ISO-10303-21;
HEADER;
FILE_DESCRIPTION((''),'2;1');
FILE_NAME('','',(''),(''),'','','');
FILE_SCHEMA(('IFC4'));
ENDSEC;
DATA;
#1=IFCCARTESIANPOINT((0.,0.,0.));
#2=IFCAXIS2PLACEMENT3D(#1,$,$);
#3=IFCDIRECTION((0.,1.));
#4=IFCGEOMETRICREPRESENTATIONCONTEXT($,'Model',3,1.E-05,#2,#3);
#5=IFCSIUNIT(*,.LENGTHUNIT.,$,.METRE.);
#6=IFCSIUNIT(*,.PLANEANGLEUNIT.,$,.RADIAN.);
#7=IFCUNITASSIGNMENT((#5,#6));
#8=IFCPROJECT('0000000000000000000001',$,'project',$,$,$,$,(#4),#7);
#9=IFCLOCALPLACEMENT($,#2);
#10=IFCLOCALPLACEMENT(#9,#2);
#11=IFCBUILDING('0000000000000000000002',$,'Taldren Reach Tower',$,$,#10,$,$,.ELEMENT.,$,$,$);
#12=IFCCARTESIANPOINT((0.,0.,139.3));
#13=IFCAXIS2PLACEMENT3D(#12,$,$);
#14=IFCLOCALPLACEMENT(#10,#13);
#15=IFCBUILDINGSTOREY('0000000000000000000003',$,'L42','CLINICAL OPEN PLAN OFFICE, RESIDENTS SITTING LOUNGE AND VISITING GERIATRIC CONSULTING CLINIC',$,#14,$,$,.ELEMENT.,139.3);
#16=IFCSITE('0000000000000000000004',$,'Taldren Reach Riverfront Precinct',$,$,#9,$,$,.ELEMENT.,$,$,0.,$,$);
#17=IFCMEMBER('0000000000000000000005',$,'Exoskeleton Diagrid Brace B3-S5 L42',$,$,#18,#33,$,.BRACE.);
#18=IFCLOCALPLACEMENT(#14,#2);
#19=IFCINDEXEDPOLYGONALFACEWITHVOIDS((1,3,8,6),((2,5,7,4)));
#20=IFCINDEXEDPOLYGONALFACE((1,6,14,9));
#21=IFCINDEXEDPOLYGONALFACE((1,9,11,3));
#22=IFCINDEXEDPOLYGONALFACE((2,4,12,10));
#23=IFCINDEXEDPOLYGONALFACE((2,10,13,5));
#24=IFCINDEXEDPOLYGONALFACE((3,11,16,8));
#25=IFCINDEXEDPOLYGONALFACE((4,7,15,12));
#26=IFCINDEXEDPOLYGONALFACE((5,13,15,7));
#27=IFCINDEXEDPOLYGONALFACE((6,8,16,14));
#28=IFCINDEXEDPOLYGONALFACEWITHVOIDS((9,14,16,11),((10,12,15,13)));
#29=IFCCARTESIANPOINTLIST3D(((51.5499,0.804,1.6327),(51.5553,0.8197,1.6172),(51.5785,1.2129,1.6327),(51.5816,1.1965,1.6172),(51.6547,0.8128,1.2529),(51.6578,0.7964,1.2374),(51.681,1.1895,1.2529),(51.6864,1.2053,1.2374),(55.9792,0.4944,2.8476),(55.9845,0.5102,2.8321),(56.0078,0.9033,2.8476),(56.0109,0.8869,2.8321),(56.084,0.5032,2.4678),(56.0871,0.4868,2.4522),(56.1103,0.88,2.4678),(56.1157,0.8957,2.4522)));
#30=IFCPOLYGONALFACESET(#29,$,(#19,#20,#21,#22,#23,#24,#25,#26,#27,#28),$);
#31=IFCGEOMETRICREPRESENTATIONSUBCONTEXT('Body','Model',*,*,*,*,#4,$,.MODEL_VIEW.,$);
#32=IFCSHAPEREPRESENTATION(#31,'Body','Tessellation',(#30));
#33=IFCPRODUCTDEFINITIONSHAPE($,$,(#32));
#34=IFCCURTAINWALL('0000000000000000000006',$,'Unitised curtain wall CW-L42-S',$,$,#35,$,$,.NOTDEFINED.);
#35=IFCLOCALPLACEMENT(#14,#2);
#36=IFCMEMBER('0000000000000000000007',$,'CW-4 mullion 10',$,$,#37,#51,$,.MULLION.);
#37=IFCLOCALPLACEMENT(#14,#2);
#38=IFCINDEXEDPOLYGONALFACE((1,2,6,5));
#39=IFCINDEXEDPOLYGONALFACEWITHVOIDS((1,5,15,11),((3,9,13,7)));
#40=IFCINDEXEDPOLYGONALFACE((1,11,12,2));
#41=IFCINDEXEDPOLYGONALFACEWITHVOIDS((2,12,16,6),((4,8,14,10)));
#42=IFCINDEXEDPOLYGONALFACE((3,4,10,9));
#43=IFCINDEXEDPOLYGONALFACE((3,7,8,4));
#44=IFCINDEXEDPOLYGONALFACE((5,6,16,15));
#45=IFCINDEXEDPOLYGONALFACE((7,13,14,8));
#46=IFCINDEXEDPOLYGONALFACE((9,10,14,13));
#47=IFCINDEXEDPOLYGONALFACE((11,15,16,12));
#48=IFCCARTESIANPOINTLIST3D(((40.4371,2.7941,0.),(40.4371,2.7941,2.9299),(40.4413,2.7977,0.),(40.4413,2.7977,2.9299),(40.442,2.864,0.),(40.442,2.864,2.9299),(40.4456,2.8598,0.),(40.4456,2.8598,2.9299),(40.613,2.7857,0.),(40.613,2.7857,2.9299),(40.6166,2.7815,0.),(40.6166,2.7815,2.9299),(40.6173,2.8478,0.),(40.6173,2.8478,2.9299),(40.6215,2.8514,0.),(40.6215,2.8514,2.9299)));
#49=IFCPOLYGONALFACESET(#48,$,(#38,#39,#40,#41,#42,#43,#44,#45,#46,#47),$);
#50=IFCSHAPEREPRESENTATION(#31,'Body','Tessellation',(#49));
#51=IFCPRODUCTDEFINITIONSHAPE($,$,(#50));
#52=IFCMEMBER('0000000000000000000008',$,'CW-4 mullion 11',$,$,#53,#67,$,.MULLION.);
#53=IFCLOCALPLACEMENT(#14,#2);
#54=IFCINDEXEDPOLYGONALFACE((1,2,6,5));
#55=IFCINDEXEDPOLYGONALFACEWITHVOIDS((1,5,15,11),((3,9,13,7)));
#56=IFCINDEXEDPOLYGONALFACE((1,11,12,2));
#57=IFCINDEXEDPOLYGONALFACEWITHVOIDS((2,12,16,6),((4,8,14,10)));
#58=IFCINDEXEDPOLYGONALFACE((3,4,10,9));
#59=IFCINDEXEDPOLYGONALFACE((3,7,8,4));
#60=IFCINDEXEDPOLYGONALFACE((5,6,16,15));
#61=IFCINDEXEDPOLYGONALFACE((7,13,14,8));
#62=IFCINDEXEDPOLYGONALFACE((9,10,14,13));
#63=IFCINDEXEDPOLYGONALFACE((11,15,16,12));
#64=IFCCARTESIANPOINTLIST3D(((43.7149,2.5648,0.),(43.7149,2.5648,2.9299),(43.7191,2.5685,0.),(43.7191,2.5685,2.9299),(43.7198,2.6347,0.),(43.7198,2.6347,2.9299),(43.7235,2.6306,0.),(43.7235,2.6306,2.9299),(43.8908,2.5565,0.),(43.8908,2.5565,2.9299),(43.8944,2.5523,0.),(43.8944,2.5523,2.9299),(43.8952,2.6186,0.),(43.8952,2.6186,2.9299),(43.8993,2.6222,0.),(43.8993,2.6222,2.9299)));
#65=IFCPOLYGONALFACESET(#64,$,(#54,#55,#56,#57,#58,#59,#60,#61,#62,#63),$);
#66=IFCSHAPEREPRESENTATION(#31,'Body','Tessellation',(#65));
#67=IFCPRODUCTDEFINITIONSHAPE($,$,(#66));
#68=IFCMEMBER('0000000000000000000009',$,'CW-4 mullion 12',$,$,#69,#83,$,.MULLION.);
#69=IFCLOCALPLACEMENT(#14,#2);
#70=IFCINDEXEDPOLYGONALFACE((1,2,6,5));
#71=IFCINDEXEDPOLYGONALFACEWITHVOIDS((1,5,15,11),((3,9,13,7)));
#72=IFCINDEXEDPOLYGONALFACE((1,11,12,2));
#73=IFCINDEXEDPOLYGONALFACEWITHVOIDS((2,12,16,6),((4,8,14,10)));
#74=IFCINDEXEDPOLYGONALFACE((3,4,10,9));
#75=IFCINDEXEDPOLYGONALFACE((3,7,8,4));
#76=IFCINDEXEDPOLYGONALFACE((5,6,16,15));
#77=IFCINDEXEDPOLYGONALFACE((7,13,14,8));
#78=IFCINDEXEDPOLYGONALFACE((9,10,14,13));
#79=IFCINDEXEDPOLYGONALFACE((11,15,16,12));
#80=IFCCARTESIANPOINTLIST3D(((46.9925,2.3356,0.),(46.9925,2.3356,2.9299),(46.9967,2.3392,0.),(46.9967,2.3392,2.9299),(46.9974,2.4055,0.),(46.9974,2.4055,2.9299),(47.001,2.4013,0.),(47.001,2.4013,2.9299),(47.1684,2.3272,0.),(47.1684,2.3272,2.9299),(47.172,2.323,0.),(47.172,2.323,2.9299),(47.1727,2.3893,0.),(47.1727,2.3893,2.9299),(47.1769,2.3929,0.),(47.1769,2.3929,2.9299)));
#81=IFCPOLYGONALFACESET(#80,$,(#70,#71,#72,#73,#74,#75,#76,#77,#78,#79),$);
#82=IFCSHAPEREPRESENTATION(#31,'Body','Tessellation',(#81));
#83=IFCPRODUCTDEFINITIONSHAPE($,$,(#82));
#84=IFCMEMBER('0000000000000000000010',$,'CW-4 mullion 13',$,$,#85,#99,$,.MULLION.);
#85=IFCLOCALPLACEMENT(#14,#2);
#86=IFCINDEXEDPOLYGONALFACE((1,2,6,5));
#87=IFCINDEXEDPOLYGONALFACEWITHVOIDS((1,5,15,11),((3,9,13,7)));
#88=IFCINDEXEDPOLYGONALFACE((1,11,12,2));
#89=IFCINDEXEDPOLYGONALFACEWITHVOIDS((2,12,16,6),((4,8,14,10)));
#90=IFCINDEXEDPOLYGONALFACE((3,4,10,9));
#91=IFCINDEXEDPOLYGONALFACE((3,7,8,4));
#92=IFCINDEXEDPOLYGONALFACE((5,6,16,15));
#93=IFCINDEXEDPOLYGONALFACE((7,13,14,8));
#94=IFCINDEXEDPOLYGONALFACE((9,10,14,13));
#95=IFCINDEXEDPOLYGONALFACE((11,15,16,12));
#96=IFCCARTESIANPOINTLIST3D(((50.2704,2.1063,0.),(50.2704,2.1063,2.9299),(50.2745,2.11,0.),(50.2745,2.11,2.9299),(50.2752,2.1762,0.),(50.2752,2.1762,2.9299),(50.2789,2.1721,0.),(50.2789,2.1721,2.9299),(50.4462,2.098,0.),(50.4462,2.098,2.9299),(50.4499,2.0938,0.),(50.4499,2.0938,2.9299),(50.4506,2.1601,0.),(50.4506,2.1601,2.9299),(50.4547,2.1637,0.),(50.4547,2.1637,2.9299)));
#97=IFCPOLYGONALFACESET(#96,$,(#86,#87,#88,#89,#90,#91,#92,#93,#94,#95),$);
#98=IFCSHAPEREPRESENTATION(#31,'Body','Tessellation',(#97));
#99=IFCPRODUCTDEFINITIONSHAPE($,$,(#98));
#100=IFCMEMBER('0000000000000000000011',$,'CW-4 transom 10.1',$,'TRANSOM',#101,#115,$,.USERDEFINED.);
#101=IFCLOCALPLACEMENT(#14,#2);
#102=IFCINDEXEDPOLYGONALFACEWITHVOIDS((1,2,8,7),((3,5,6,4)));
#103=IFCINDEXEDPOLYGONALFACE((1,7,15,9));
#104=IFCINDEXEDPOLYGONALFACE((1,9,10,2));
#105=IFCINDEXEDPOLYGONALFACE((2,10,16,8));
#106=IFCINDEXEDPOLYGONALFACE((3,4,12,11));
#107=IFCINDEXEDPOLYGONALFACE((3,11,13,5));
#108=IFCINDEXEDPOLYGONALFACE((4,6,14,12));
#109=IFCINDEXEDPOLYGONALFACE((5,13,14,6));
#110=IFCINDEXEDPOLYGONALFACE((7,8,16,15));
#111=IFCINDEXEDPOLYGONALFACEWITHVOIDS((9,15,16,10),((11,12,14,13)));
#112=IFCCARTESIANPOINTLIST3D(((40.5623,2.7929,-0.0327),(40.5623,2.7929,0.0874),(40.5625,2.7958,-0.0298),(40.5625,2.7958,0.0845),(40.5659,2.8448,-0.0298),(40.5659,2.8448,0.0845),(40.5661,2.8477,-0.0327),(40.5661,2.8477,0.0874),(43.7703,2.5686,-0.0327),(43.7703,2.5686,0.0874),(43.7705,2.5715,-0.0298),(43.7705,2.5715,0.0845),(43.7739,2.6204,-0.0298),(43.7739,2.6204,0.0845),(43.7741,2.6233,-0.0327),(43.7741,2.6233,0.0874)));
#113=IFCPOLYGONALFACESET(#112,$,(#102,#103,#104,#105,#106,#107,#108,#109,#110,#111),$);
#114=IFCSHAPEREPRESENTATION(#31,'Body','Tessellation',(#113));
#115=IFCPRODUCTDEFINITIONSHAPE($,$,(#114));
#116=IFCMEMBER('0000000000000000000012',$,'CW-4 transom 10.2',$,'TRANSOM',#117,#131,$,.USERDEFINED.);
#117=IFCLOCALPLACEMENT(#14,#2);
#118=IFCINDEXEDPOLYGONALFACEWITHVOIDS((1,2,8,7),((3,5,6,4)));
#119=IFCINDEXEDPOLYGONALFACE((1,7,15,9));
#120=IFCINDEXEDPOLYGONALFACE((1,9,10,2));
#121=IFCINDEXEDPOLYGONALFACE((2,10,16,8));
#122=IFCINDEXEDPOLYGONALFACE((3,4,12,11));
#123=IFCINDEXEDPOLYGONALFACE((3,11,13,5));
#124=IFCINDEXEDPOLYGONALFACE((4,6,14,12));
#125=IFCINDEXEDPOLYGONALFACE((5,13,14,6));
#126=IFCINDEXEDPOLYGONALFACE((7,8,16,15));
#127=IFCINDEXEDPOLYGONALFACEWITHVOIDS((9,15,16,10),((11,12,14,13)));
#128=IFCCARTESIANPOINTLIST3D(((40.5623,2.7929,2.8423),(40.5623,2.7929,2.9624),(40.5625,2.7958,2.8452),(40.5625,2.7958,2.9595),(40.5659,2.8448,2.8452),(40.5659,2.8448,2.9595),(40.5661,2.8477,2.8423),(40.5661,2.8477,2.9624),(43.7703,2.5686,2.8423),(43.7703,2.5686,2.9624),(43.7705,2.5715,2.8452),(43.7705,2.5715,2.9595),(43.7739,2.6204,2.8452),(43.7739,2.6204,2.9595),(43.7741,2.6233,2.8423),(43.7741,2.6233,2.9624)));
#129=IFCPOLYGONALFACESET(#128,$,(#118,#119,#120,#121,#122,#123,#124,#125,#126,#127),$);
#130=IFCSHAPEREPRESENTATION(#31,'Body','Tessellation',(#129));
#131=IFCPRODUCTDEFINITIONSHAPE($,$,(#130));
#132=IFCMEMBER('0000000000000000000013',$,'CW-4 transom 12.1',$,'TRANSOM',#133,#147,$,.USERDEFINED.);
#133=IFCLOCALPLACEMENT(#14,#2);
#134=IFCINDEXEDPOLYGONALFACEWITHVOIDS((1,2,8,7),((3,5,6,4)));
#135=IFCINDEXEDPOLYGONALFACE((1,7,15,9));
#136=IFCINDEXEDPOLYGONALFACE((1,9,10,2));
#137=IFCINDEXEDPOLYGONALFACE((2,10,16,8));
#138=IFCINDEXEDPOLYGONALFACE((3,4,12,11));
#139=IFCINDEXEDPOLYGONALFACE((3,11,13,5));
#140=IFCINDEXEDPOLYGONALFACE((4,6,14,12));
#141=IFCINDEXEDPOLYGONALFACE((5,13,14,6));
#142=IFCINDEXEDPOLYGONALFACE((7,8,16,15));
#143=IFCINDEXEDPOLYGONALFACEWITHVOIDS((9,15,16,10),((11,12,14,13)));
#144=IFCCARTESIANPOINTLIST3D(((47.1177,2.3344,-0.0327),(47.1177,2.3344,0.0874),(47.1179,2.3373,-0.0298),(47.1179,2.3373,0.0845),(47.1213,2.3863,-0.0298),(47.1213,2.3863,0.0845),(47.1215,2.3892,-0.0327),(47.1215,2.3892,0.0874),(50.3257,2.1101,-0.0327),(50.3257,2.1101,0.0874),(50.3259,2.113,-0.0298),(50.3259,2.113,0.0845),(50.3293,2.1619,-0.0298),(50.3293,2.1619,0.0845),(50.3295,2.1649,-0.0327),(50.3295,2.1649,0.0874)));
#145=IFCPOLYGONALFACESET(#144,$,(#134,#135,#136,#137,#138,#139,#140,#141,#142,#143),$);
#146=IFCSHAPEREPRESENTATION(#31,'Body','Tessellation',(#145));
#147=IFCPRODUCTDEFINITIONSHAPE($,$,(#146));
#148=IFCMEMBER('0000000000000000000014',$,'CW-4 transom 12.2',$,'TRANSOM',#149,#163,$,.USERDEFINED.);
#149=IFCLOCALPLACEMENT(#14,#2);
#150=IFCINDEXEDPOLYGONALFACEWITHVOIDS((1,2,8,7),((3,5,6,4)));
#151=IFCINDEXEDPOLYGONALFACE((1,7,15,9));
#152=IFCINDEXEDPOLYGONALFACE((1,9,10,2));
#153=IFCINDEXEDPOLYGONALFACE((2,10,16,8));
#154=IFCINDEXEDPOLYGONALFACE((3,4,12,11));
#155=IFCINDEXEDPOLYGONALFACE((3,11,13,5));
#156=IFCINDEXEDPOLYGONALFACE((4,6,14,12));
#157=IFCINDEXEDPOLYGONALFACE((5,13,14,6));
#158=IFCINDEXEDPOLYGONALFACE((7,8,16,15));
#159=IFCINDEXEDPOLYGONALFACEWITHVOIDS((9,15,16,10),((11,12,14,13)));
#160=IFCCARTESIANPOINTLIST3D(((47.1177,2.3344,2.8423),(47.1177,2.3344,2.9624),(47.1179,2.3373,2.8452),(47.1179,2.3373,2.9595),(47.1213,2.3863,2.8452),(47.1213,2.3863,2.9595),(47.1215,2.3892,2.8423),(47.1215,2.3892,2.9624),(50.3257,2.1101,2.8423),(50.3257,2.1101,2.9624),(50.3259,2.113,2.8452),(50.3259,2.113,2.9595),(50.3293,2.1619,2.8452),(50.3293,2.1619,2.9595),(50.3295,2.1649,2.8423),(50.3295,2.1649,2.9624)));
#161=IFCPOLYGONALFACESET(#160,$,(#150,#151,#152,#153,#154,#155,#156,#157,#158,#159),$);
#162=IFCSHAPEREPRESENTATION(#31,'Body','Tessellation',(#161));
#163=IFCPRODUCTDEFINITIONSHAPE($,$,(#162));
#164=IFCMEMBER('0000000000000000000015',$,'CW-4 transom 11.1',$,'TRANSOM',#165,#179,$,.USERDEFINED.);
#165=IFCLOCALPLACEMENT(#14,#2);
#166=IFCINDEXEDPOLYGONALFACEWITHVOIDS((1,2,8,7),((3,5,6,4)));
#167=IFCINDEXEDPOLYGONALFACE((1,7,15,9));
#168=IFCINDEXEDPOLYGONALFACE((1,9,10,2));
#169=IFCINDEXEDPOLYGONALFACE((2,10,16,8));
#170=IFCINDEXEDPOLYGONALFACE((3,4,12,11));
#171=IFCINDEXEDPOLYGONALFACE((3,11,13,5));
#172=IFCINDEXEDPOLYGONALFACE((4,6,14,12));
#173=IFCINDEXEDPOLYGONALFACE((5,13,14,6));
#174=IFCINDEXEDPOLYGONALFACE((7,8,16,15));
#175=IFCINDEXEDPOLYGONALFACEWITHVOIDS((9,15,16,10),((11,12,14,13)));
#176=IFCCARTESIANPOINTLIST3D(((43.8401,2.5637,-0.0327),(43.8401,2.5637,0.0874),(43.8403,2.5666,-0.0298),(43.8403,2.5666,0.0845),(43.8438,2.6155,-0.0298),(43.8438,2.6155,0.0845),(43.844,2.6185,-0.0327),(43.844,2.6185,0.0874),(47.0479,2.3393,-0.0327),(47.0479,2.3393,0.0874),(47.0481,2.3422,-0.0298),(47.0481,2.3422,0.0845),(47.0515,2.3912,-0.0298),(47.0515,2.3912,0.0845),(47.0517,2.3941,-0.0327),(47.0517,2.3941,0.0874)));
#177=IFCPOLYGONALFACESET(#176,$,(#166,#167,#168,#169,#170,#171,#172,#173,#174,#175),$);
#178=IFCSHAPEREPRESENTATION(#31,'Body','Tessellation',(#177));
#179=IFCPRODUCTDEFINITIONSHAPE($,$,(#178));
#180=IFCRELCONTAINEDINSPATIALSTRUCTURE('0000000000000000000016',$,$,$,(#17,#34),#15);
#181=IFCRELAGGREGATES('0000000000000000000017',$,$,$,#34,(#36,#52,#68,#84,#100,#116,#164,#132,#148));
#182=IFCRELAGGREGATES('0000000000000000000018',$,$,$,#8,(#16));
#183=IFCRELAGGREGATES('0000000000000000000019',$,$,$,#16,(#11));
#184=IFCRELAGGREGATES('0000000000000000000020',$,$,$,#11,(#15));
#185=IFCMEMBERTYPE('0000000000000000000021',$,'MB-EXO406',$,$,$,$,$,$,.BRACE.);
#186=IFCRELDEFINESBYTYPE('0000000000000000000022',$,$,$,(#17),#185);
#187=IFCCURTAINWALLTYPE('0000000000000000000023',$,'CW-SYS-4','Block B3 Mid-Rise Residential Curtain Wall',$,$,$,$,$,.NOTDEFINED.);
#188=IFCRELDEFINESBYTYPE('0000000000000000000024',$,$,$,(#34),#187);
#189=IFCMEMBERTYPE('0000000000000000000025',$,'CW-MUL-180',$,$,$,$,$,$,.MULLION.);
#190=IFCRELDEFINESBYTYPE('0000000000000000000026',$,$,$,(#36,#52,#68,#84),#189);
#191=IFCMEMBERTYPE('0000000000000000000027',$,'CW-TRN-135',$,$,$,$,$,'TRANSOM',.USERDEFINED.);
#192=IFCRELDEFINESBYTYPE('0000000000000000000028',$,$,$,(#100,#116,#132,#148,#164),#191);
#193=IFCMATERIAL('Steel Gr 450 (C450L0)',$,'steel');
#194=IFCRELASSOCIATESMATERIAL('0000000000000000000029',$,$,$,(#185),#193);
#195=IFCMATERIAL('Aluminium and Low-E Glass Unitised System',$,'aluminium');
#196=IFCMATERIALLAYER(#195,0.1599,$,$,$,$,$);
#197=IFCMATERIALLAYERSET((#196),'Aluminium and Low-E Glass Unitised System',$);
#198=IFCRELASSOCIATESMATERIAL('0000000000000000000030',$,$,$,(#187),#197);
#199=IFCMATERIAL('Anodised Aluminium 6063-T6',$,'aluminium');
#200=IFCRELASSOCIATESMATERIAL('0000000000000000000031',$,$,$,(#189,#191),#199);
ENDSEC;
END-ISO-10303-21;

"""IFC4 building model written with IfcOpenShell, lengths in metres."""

from ifc_helpers import new_model, si_unit, direction, frame, origin, origin_2d, place, context, subcontext, project, spatial, hollow_rectangle, extrude, source, transform, mapped, material, layer, layer_set, material_profile, profile_set, type_object, element, aggregate, save


model = new_model("IFC4")

# Units and contexts
model_context = context("Model", 3, precision=1e-05, world=origin(), true_north=direction((0.0, 1.0)))
body_context = subcontext(model_context, "Body", "Model", "MODEL_VIEW")
ifc_project = project(units=[si_unit("LENGTHUNIT", "METRE"), si_unit("PLANEANGLEUNIT", "RADIAN")], contexts=[model_context])

# Site, building, storey
site_placement = place(None, origin())
site = spatial("IfcSite", under=ifc_project, at=site_placement, Name="Taldren Reach Riverfront Precinct", CompositionType="ELEMENT", RefElevation=0.0)
building_placement = place(site_placement, origin())
building = spatial("IfcBuilding", under=site, at=building_placement, Name="Taldren Reach Tower", CompositionType="ELEMENT")
storey_placement = place(building_placement, frame((0.0, 0.0, 139.3)))
storey = spatial("IfcBuildingStorey", under=building, at=storey_placement, Name="L42", Description="CLINICAL OPEN PLAN OFFICE, RESIDENTS SITTING LOUNGE AND VISITING GERIATRIC CONSULTING CLINIC", CompositionType="ELEMENT", Elevation=139.3)

# Shared definitions
ifc_material_1 = material(Name="Steel Gr 450 (C450L0)", Category="steel")

# Member
ifc_material_profile_1 = material_profile(ifc_material_1, hollow_rectangle(XDim=0.4099, YDim=0.4099, WallThickness=0.0161, at=origin_2d()), Name="410x410x16.0SHS")
ifc_profile_set_1 = profile_set([ifc_material_profile_1], Name="Steel Gr 450 (C450L0)")
member_type_1 = type_object("IfcMemberType", Name="MB-EXO406", PredefinedType="BRACE", material=ifc_profile_set_1)
shared_shape_1 = source(origin(), body_context, "Body", "SweptSolid", [
    extrude(hollow_rectangle(XDim=0.4099, YDim=0.4099, WallThickness=0.0161, at=origin_2d()), origin(), (0.0, 0.0, 1.0), 4.6033),
])
for number, where, z_axis, x_axis, name in (
    (1, (51.6182, 1.0046, 1.4351), (0.962199, -0.067251, 0.263913), (0.069723, 0.997566, 0.0), "Exoskeleton Diagrid Brace B3-S5 L42"),
):
    element("IfcMember", number, at=place(storey_placement, frame(where, z_axis=z_axis, x_axis=x_axis)), inside=storey, type_object=member_type_1, Name=name, PredefinedType="BRACE", context=body_context, shape_type="MappedRepresentation", body=[
        mapped(shared_shape_1, transform((0.0, 0.0, 0.0), scale=1.0)),
    ])

# Curtain wall, members
ifc_material_2 = material(Name="Aluminium and Low-E Glass Unitised System", Category="aluminium")
ifc_layer_1 = layer(ifc_material_2, 0.1599)
ifc_layer_set_1 = layer_set([ifc_layer_1], Name="Aluminium and Low-E Glass Unitised System")
curtain_wall_type = type_object("IfcCurtainWallType", Name="CW-SYS-4", Description="Block B3 Mid-Rise Residential Curtain Wall", PredefinedType="NOTDEFINED", material=ifc_layer_set_1)
curtain_wall_placement = place(storey_placement, origin())
curtain_wall = element("IfcCurtainWall", 2, at=curtain_wall_placement, inside=storey, type_object=curtain_wall_type, Name="Unitised curtain wall CW-L42-S", PredefinedType="NOTDEFINED")
ifc_material_3 = material(Name="Anodised Aluminium 6063-T6", Category="aluminium")
ifc_material_profile_2 = material_profile(ifc_material_3, hollow_rectangle(XDim=0.0701, YDim=0.1799, WallThickness=0.0039, at=origin_2d()), Name="ALU-180x70x4RHS")
ifc_profile_set_2 = profile_set([ifc_material_profile_2], Name="Anodised Aluminium 6063-T6")
member_type_2 = type_object("IfcMemberType", Name="CW-MUL-180", PredefinedType="MULLION", material=ifc_profile_set_2)
shared_shape_2 = source(origin(), body_context, "Body", "SweptSolid", [
    extrude(hollow_rectangle(XDim=0.0701, YDim=0.1799, WallThickness=0.0039, at=origin_2d()), origin(), (0.0, 0.0, 1.0), 2.9299),
])
member_1_placement = place(storey_placement, frame((40.5293, 2.8228, 0.0), z_axis=(0.0, 0.0, 1.0), x_axis=(0.069757, 0.997564, 0.0)))
member_1 = element("IfcMember", 3, at=member_1_placement, type_object=member_type_2, Name="CW-4 mullion 10", PredefinedType="MULLION", context=body_context, shape_type="MappedRepresentation", body=[
    mapped(shared_shape_2, transform((0.0, 0.0, 0.0), scale=1.0)),
])
member_2_placement = place(storey_placement, frame((43.8071, 2.5935, 0.0), z_axis=(0.0, 0.0, 1.0), x_axis=(0.069757, 0.997564, 0.0)))
member_2 = element("IfcMember", 4, at=member_2_placement, type_object=member_type_2, Name="CW-4 mullion 11", PredefinedType="MULLION", context=body_context, shape_type="MappedRepresentation", body=[
    mapped(shared_shape_2, transform((0.0, 0.0, 0.0), scale=1.0)),
])
member_3_placement = place(storey_placement, frame((47.0847, 2.3643, 0.0), z_axis=(0.0, 0.0, 1.0), x_axis=(0.069757, 0.997564, 0.0)))
member_3 = element("IfcMember", 5, at=member_3_placement, type_object=member_type_2, Name="CW-4 mullion 12", PredefinedType="MULLION", context=body_context, shape_type="MappedRepresentation", body=[
    mapped(shared_shape_2, transform((0.0, 0.0, 0.0), scale=1.0)),
])
member_4_placement = place(storey_placement, frame((50.3625, 2.135, 0.0), z_axis=(0.0, 0.0, 1.0), x_axis=(0.069757, 0.997564, 0.0)))
member_4 = element("IfcMember", 6, at=member_4_placement, type_object=member_type_2, Name="CW-4 mullion 13", PredefinedType="MULLION", context=body_context, shape_type="MappedRepresentation", body=[
    mapped(shared_shape_2, transform((0.0, 0.0, 0.0), scale=1.0)),
])
ifc_material_profile_3 = material_profile(ifc_material_3, hollow_rectangle(XDim=0.0549, YDim=0.1201, WallThickness=0.0029, at=origin_2d()), Name="ALU-120x55x3RHS")
ifc_profile_set_3 = profile_set([ifc_material_profile_3], Name="Anodised Aluminium 6063-T6")
member_type_3 = type_object("IfcMemberType", Name="CW-TRN-135", ElementType="TRANSOM", PredefinedType="USERDEFINED", material=ifc_profile_set_3)
shared_shape_3 = source(origin(), body_context, "Body", "SweptSolid", [
    extrude(hollow_rectangle(XDim=0.0549, YDim=0.1201, WallThickness=0.0029, at=origin_2d()), origin(), (0.0, 0.0, 1.0), 3.2158),
])
member_5_placement = place(storey_placement, frame((40.5642, 2.8203, 0.0273), z_axis=(0.997563, -0.069769, 0.0), x_axis=(0.069769, 0.997563, 0.0)))
member_5 = element("IfcMember", 7, at=member_5_placement, type_object=member_type_3, Name="CW-4 transom 10.1", ObjectType="TRANSOM", PredefinedType="USERDEFINED", context=body_context, shape_type="MappedRepresentation", body=[
    mapped(shared_shape_3, transform((0.0, 0.0, 0.0), scale=1.0)),
])
member_6_placement = place(storey_placement, frame((40.5642, 2.8203, 2.9023), z_axis=(0.997563, -0.069769, 0.0), x_axis=(0.069769, 0.997563, 0.0)))
member_6 = element("IfcMember", 8, at=member_6_placement, type_object=member_type_3, Name="CW-4 transom 10.2", ObjectType="TRANSOM", PredefinedType="USERDEFINED", context=body_context, shape_type="MappedRepresentation", body=[
    mapped(shared_shape_3, transform((0.0, 0.0, 0.0), scale=1.0)),
])
member_7_placement = place(storey_placement, frame((47.1196, 2.3618, 0.0273), z_axis=(0.997563, -0.069769, 0.0), x_axis=(0.069769, 0.997563, 0.0)))
member_7 = element("IfcMember", 9, at=member_7_placement, type_object=member_type_3, Name="CW-4 transom 12.1", ObjectType="TRANSOM", PredefinedType="USERDEFINED", context=body_context, shape_type="MappedRepresentation", body=[
    mapped(shared_shape_3, transform((0.0, 0.0, 0.0), scale=1.0)),
])
member_8_placement = place(storey_placement, frame((47.1196, 2.3618, 2.9023), z_axis=(0.997563, -0.069769, 0.0), x_axis=(0.069769, 0.997563, 0.0)))
member_8 = element("IfcMember", 10, at=member_8_placement, type_object=member_type_3, Name="CW-4 transom 12.2", ObjectType="TRANSOM", PredefinedType="USERDEFINED", context=body_context, shape_type="MappedRepresentation", body=[
    mapped(shared_shape_3, transform((0.0, 0.0, 0.0), scale=1.0)),
])
shared_shape_4 = source(origin(), body_context, "Body", "SweptSolid", [
    extrude(hollow_rectangle(XDim=0.0549, YDim=0.1201, WallThickness=0.0029, at=origin_2d()), origin(), (0.0, 0.0, 1.0), 3.2156),
])
member_9_placement = place(storey_placement, frame((43.842, 2.5911, 0.0273), z_axis=(0.997563, -0.069774, 0.0), x_axis=(0.069774, 0.997563, 0.0)))
member_9 = element("IfcMember", 11, at=member_9_placement, type_object=member_type_3, Name="CW-4 transom 11.1", ObjectType="TRANSOM", PredefinedType="USERDEFINED", context=body_context, shape_type="MappedRepresentation", body=[
    mapped(shared_shape_4, transform((0.0, 0.0, 0.0), scale=1.0)),
])

aggregate(curtain_wall, [member_1, member_2, member_3, member_4, member_5, member_6, member_9, member_7, member_8])

save(model, "model.ifc")
